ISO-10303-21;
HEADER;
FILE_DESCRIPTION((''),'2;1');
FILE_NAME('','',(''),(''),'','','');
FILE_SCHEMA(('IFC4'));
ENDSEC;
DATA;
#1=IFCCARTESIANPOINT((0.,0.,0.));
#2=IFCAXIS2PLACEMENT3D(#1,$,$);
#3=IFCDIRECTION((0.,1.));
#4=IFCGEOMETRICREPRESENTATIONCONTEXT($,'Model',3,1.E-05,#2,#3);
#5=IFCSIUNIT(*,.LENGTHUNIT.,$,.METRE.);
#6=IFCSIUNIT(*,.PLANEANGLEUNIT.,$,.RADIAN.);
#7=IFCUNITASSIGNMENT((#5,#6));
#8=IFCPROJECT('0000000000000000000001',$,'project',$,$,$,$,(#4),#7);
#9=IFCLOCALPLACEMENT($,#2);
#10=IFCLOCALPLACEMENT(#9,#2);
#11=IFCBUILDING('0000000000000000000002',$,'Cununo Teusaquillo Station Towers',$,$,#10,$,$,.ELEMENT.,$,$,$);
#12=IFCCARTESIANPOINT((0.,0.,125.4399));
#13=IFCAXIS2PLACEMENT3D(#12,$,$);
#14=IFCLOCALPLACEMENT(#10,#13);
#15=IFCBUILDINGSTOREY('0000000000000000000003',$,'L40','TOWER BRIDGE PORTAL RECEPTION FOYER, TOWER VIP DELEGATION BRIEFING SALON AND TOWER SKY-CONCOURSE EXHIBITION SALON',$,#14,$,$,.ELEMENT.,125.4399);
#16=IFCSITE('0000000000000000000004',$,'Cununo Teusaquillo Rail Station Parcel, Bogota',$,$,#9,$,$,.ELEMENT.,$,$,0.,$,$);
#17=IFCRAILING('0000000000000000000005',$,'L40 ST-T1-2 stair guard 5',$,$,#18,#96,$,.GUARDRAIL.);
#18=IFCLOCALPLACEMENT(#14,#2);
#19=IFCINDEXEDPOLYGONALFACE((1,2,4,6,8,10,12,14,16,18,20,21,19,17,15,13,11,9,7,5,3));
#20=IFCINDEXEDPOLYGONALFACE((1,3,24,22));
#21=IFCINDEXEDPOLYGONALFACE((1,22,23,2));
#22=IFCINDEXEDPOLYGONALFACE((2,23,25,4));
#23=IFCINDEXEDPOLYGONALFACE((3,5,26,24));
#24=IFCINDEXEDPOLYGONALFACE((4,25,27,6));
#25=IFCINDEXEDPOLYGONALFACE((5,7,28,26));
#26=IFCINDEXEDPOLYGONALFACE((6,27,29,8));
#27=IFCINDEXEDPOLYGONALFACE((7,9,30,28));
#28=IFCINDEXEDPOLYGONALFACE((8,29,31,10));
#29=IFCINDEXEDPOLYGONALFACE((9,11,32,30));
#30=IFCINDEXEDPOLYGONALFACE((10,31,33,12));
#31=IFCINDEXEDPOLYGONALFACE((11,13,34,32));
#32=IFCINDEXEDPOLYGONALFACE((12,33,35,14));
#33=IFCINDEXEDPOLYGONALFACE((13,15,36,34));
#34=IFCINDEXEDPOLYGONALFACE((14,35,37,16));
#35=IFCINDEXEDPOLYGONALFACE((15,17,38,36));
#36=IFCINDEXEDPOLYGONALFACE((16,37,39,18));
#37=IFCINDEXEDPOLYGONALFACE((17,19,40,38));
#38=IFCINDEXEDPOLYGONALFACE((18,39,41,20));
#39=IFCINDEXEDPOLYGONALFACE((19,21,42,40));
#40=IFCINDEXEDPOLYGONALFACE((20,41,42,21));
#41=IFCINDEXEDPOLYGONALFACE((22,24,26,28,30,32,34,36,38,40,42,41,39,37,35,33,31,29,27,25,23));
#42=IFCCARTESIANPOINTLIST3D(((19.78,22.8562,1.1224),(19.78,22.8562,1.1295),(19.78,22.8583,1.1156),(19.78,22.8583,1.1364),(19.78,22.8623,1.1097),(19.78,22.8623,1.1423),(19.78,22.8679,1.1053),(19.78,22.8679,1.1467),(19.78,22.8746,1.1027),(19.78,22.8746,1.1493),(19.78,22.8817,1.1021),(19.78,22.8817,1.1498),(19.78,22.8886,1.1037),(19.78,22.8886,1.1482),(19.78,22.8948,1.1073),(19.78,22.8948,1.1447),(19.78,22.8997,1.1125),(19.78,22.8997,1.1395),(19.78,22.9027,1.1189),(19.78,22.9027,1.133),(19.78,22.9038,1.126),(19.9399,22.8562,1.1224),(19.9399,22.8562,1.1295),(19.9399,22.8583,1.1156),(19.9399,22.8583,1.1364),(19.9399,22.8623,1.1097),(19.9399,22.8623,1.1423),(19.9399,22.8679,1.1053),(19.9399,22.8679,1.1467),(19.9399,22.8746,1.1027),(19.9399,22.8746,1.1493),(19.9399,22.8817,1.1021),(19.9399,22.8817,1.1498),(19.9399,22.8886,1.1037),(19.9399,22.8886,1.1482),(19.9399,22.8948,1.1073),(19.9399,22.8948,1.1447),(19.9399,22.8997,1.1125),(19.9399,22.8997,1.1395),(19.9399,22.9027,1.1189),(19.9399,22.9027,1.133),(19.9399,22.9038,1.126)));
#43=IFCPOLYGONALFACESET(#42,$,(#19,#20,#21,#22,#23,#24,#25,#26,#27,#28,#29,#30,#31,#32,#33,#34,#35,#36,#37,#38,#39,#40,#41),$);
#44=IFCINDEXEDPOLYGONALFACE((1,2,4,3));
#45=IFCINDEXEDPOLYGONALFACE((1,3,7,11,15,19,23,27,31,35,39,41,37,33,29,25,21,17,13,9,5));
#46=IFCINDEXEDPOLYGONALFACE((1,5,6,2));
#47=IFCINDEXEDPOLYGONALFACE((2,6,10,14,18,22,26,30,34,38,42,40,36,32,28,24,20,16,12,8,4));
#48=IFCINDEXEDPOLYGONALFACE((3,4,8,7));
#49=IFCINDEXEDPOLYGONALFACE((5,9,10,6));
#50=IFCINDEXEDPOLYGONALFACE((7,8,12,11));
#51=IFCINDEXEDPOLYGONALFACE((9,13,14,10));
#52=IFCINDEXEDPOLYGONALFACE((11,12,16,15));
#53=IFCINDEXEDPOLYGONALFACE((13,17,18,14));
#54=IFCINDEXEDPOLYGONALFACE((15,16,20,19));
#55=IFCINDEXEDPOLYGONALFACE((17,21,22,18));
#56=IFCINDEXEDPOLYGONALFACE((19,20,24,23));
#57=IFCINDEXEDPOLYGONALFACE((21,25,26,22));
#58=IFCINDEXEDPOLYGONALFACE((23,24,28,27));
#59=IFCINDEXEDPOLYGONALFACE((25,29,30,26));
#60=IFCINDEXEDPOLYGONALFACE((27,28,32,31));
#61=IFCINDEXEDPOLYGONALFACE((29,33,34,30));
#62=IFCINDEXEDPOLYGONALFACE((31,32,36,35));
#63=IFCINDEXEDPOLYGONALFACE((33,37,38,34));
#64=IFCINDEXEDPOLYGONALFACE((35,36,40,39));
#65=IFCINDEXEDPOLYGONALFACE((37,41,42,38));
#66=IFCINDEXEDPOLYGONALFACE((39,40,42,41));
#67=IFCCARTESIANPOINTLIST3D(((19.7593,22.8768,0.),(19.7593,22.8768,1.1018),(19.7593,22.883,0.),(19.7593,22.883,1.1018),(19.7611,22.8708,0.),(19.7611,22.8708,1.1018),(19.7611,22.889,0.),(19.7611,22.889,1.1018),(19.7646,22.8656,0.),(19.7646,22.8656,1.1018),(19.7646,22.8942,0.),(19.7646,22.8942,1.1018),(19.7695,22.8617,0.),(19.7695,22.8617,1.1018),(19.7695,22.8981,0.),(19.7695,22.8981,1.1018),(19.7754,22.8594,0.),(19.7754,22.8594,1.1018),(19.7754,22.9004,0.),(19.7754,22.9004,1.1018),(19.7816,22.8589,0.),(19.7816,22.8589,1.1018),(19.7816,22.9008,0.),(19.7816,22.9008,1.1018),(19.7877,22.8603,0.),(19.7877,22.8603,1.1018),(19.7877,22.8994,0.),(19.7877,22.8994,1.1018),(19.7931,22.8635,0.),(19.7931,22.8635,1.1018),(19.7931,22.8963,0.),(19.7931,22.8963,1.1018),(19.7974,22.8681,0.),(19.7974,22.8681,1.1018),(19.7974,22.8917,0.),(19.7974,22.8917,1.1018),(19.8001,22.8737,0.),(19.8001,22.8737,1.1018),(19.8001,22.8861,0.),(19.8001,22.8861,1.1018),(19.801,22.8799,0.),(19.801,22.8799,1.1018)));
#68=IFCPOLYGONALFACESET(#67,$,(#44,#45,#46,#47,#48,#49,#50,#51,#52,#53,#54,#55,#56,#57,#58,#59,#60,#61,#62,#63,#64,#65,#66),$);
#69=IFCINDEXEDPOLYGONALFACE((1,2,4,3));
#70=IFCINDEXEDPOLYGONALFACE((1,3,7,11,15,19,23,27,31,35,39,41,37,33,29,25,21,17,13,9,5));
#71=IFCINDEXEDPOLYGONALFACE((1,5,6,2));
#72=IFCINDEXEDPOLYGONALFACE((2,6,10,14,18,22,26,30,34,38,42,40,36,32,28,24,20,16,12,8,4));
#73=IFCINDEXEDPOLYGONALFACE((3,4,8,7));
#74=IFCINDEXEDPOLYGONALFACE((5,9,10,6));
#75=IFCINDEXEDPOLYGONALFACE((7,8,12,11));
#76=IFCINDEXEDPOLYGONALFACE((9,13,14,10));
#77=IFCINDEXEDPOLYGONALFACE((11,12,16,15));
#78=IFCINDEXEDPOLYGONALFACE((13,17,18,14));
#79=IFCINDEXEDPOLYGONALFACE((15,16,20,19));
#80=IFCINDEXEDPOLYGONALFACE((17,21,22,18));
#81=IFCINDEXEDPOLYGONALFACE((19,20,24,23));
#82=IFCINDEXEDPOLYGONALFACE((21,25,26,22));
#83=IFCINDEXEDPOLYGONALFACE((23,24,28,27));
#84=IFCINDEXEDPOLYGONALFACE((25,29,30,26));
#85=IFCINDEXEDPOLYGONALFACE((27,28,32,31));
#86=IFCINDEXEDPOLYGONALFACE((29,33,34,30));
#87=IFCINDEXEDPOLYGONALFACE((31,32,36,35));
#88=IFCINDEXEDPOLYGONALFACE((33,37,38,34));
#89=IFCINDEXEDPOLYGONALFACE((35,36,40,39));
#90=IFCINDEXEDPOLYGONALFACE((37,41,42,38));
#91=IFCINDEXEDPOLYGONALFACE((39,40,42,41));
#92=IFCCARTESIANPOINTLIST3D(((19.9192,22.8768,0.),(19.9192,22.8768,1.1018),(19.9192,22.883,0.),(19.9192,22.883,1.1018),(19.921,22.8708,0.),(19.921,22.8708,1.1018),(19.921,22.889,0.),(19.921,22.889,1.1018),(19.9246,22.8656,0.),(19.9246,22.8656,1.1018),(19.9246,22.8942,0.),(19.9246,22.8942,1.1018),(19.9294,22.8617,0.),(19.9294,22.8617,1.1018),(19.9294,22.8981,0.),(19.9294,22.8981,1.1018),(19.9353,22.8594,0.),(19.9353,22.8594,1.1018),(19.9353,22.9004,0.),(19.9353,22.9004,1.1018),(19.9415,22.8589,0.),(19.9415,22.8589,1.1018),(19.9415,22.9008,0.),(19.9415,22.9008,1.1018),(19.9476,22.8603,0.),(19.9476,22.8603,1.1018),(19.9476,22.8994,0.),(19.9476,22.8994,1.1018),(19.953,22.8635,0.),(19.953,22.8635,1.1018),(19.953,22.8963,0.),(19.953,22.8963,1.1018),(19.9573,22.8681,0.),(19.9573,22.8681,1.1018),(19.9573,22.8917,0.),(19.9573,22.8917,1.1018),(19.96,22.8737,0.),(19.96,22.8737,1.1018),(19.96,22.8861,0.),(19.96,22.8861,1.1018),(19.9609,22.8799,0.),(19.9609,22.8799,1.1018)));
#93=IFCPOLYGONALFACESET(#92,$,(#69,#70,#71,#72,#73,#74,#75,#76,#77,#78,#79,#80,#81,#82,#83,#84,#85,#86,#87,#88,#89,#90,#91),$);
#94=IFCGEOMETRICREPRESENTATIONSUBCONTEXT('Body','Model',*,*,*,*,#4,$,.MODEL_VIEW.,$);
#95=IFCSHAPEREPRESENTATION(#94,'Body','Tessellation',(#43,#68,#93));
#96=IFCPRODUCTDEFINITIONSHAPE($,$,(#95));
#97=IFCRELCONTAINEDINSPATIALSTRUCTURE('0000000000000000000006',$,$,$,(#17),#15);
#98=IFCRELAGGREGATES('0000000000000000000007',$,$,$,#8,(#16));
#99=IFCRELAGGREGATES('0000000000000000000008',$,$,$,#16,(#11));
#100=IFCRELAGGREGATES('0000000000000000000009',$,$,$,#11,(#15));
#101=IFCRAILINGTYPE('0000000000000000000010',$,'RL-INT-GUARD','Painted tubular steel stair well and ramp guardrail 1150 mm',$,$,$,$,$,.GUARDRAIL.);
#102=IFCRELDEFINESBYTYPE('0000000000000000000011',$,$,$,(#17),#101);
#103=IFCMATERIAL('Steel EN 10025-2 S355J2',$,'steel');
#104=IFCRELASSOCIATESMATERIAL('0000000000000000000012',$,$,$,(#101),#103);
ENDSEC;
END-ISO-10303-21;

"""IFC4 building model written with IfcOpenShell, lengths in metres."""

from ifc_helpers import new_model, si_unit, direction, frame, origin, origin_2d, place, context, subcontext, project, spatial, circle, extrude, material, type_object, element, save


model = new_model("IFC4")

# Units and contexts
model_context = context("Model", 3, precision=1e-05, world=origin(), true_north=direction((0.0, 1.0)))
body_context = subcontext(model_context, "Body", "Model", "MODEL_VIEW")
ifc_project = project(units=[si_unit("LENGTHUNIT", "METRE"), si_unit("PLANEANGLEUNIT", "RADIAN")], contexts=[model_context])

# Site, building, storey
site_placement = place(None, origin())
site = spatial("IfcSite", under=ifc_project, at=site_placement, Name="Cununo Teusaquillo Rail Station Parcel, Bogota", CompositionType="ELEMENT", RefElevation=0.0)
building_placement = place(site_placement, origin())
building = spatial("IfcBuilding", under=site, at=building_placement, Name="Cununo Teusaquillo Station Towers", CompositionType="ELEMENT")
storey_placement = place(building_placement, frame((0.0, 0.0, 125.4399)))
storey = spatial("IfcBuildingStorey", under=building, at=storey_placement, Name="L40", Description="TOWER BRIDGE PORTAL RECEPTION FOYER, TOWER VIP DELEGATION BRIEFING SALON AND TOWER SKY-CONCOURSE EXHIBITION SALON", CompositionType="ELEMENT", Elevation=125.4399)

# Railing
ifc_material_1 = material(Name="Steel EN 10025-2 S355J2", Category="steel")
railing_type_1 = type_object("IfcRailingType", Name="RL-INT-GUARD", Description="Painted tubular steel stair well and ramp guardrail 1150 mm", PredefinedType="GUARDRAIL", material=ifc_material_1)
railing_1_placement = place(storey_placement, frame((19.78, 22.8799, 0.0)))
element("IfcRailing", 1, at=railing_1_placement, inside=storey, type_object=railing_type_1, Name="L40 ST-T1-2 stair guard 5", PredefinedType="GUARDRAIL", context=body_context, shape_type="SweptSolid", body=[
    extrude(circle(Radius=0.0239, at=origin_2d()), frame((0.0, 0.0, 1.126), z_axis=(1.0, 0.0, 0.0), x_axis=(0.0, 1.0, 0.0)), (0.0, 0.0, 1.0), 0.1599),
    extrude(circle(Radius=0.021, at=origin_2d()), origin(), (0.0, 0.0, 1.0), 1.1018),
    extrude(circle(Radius=0.021, at=origin_2d()), frame((0.1599, 0.0, 0.0)), (0.0, 0.0, 1.0), 1.1018),
])

save(model, "model.ifc")
